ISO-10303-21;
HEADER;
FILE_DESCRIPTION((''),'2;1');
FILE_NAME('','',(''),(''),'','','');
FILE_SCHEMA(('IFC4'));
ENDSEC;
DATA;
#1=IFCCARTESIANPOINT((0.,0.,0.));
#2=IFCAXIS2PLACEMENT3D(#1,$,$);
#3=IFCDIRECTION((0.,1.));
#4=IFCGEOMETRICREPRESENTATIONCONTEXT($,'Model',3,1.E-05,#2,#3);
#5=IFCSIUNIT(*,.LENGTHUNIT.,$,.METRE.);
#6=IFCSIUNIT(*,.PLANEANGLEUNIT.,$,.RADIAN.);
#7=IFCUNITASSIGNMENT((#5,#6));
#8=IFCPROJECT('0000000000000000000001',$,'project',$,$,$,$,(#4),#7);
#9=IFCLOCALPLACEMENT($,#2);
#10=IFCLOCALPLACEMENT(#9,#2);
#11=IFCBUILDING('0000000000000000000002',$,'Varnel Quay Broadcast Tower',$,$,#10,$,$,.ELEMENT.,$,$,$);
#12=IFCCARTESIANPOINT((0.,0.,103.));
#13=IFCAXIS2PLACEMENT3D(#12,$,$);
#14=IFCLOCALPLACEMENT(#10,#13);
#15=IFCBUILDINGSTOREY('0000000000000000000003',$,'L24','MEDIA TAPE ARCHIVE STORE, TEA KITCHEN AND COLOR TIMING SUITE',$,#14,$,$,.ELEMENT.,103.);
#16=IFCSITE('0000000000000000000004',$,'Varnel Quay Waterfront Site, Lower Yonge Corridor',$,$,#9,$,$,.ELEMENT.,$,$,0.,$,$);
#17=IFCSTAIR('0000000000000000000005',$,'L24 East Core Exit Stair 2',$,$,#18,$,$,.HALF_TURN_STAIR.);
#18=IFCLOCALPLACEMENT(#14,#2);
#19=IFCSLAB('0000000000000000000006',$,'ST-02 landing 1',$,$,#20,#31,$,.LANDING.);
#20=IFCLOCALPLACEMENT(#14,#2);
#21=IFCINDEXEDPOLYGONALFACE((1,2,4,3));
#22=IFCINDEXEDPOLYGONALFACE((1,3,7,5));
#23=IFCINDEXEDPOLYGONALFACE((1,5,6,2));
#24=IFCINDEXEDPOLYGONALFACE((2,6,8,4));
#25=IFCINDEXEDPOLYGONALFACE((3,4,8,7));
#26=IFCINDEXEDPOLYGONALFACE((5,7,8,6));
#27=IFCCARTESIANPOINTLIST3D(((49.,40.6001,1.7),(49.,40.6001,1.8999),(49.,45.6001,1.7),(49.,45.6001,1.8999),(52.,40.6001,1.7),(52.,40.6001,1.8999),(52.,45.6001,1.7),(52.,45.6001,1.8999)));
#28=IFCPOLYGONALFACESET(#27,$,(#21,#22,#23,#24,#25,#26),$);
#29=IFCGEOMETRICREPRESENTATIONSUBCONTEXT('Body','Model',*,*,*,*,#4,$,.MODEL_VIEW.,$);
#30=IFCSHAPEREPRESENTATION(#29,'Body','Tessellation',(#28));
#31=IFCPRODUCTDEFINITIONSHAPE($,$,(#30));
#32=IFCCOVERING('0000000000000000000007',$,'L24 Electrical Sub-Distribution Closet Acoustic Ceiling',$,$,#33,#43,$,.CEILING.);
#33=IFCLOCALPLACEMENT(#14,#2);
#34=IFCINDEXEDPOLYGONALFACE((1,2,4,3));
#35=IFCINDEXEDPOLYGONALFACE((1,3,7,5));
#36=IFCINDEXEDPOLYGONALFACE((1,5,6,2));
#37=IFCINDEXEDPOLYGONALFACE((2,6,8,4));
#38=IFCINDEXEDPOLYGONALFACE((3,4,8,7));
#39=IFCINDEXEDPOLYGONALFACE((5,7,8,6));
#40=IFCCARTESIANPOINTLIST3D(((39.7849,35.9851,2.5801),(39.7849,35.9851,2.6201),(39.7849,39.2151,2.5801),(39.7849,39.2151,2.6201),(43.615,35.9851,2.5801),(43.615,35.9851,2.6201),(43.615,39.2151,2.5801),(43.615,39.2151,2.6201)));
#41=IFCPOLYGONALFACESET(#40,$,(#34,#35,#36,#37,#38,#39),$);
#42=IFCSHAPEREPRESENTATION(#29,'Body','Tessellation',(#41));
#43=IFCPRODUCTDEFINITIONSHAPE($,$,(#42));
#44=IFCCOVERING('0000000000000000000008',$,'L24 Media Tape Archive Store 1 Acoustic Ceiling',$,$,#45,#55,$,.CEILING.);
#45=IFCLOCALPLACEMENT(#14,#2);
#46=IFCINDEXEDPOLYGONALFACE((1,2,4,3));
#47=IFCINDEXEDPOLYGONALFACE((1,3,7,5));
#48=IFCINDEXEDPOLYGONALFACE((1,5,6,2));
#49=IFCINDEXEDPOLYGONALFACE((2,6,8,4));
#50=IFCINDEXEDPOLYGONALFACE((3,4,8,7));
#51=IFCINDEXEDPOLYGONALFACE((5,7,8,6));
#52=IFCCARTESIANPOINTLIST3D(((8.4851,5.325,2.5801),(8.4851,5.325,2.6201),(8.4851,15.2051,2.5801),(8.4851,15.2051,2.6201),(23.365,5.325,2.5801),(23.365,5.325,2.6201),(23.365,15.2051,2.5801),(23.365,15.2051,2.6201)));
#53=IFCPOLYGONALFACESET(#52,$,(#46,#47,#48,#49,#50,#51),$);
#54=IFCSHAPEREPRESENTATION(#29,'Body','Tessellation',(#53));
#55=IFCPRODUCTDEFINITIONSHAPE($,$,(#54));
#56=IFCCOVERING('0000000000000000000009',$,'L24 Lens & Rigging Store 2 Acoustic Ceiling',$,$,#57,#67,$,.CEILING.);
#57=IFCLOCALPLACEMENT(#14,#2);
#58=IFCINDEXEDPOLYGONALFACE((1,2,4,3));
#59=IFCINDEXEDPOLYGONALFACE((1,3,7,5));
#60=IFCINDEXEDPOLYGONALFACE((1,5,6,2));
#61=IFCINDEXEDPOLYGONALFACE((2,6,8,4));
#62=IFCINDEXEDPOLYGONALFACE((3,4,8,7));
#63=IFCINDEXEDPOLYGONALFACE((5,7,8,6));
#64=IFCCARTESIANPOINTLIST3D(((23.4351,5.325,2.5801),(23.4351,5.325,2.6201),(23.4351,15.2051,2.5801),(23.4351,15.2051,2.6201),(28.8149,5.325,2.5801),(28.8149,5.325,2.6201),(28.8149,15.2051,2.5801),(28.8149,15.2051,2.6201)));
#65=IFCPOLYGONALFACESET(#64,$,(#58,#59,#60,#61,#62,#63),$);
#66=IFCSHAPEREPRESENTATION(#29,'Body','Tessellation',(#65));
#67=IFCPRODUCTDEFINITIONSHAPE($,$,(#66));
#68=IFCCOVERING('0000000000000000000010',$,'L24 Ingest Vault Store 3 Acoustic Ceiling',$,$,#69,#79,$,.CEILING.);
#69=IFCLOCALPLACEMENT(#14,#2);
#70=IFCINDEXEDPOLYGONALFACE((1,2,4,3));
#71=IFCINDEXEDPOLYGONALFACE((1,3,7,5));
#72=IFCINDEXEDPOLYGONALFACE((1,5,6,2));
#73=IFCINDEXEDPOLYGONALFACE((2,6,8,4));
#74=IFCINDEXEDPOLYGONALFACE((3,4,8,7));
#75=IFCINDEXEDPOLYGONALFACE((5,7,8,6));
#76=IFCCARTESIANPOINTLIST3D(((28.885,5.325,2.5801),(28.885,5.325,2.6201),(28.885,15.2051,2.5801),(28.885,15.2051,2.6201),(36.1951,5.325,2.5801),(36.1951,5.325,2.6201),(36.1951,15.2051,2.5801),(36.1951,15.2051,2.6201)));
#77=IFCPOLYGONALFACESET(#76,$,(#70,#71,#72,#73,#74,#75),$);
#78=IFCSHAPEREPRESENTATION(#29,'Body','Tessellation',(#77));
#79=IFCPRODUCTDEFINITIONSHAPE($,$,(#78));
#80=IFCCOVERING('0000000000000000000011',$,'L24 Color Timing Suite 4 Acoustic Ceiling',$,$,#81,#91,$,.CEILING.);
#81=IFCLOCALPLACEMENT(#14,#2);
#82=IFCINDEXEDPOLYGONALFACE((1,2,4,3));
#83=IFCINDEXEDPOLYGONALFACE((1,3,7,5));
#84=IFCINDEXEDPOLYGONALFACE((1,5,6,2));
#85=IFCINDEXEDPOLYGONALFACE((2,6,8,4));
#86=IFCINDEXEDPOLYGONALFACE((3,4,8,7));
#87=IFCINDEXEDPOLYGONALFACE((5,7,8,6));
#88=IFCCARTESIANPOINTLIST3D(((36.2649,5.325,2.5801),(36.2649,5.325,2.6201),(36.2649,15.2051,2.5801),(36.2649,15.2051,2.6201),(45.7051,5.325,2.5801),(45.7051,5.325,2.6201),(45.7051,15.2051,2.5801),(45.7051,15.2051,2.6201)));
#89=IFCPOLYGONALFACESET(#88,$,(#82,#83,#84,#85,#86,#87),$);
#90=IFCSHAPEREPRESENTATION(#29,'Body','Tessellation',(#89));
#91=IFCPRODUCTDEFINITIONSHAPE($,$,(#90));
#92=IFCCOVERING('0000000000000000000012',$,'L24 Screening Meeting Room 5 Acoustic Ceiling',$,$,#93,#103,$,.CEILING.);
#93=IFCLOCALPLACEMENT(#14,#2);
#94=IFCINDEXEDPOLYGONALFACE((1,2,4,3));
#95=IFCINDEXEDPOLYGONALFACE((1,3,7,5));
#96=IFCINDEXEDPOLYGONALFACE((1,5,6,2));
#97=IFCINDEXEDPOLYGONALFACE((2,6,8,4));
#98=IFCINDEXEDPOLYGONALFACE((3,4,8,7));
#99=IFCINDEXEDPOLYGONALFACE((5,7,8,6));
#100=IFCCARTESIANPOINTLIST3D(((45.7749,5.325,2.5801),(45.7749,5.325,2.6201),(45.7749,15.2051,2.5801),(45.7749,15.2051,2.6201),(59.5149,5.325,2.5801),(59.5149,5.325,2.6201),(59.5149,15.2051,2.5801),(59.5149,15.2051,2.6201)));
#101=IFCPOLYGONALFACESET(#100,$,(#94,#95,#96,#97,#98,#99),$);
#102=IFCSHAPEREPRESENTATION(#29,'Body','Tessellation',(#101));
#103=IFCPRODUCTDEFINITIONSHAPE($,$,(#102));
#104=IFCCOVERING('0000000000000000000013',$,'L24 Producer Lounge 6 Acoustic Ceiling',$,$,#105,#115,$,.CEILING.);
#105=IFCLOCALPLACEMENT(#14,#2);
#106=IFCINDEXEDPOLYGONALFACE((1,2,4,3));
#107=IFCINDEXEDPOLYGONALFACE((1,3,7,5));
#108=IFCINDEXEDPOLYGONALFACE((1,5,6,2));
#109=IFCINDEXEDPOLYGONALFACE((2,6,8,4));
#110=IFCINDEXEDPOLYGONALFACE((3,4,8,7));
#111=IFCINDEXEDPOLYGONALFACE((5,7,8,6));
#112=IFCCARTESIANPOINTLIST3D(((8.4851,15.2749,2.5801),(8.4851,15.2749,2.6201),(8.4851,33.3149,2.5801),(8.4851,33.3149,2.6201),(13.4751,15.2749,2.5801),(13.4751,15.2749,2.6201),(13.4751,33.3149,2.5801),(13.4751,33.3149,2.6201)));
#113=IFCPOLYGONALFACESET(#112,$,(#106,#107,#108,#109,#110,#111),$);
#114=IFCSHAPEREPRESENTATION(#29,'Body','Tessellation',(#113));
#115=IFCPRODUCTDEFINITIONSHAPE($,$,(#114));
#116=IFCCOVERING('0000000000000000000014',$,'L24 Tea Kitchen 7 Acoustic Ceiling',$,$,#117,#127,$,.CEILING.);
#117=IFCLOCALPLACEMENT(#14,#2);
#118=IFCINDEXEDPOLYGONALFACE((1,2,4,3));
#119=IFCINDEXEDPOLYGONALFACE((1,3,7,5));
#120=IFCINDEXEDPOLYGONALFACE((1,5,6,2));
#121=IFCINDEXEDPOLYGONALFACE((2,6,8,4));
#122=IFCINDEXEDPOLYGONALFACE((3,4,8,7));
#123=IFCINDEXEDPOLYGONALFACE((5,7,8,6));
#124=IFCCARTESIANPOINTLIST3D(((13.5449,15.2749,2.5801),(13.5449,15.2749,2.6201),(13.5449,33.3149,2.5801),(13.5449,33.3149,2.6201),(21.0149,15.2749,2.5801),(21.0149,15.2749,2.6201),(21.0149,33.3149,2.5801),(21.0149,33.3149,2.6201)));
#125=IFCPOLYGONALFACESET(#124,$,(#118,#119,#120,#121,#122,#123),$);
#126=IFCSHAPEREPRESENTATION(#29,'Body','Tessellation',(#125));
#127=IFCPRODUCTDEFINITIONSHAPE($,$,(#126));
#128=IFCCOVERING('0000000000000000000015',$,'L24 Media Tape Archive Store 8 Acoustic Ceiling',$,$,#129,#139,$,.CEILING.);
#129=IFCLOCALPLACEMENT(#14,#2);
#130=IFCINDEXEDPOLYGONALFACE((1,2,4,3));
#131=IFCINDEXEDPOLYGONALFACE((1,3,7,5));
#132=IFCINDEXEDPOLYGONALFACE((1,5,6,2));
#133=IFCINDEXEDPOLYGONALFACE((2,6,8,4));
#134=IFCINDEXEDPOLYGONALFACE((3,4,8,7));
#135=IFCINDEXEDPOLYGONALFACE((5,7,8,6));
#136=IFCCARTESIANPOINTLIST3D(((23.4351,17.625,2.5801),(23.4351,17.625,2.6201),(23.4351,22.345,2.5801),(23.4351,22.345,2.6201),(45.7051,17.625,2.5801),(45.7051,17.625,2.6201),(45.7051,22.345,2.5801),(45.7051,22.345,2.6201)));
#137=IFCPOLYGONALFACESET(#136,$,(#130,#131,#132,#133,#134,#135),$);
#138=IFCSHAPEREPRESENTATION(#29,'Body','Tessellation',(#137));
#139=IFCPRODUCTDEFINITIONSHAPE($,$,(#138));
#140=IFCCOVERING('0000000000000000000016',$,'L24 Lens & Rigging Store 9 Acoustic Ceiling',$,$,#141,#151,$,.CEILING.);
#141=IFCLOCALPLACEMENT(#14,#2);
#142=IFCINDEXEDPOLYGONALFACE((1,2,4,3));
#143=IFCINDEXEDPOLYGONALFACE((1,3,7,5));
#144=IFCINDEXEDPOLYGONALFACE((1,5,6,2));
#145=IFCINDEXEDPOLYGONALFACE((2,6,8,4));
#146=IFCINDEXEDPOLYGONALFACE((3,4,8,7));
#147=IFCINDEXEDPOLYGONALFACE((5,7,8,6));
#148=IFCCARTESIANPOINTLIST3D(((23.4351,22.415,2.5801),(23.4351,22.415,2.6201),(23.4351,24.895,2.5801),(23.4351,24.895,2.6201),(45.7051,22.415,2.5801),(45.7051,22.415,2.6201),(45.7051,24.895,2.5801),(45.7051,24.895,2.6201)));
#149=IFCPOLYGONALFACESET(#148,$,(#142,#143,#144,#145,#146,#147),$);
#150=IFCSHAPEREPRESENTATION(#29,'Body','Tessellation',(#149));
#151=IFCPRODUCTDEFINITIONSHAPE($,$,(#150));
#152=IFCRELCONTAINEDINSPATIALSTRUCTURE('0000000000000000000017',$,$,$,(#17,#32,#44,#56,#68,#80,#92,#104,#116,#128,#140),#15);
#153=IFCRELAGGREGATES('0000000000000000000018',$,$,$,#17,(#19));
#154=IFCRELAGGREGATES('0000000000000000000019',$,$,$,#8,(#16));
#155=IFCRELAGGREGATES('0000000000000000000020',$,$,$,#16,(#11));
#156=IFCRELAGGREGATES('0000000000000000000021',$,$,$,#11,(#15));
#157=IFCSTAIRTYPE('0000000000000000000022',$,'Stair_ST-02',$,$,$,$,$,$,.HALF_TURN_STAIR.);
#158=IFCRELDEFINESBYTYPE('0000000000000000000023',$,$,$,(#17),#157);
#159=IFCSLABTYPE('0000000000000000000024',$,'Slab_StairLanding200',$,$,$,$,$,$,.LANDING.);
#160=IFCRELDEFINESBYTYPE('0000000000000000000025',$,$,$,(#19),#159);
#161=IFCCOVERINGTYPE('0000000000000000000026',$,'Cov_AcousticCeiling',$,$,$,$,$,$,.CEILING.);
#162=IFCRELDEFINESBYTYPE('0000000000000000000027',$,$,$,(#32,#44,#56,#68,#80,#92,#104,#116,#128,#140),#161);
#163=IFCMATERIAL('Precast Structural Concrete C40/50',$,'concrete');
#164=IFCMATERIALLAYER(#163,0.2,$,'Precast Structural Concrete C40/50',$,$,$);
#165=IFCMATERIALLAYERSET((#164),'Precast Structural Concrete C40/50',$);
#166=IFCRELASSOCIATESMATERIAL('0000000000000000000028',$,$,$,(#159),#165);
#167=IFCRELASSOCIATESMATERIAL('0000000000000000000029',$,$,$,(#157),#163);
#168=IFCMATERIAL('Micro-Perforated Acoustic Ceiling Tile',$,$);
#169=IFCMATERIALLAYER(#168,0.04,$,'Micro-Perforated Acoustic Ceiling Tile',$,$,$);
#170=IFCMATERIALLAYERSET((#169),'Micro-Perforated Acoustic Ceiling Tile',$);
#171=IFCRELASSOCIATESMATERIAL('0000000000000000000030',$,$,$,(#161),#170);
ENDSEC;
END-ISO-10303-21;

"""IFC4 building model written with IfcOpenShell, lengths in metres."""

from ifc_helpers import new_model, si_unit, direction, frame, origin, place, context, subcontext, project, spatial, polyline, outline, extrude, material, layer, layer_set, type_object, element, aggregate, save


model = new_model("IFC4")

# Units and contexts
model_context = context("Model", 3, precision=1e-05, world=origin(), true_north=direction((0.0, 1.0)))
body_context = subcontext(model_context, "Body", "Model", "MODEL_VIEW")
ifc_project = project(units=[si_unit("LENGTHUNIT", "METRE"), si_unit("PLANEANGLEUNIT", "RADIAN")], contexts=[model_context])

# Site, building, storey
site_placement = place(None, origin())
site = spatial("IfcSite", under=ifc_project, at=site_placement, Name="Varnel Quay Waterfront Site, Lower Yonge Corridor", CompositionType="ELEMENT", RefElevation=0.0)
building_placement = place(site_placement, origin())
building = spatial("IfcBuilding", under=site, at=building_placement, Name="Varnel Quay Broadcast Tower", CompositionType="ELEMENT")
storey_placement = place(building_placement, frame((0.0, 0.0, 103.0)))
storey = spatial("IfcBuildingStorey", under=building, at=storey_placement, Name="L24", Description="MEDIA TAPE ARCHIVE STORE, TEA KITCHEN AND COLOR TIMING SUITE", CompositionType="ELEMENT", Elevation=103.0)

# Stair, slab
ifc_material_1 = material(Name="Precast Structural Concrete C40/50", Category="concrete")
ifc_layer_1 = layer(ifc_material_1, 0.2, Name="Precast Structural Concrete C40/50")
ifc_layer_set_1 = layer_set([ifc_layer_1], Name="Precast Structural Concrete C40/50")
slab_type_1 = type_object("IfcSlabType", Name="Slab_StairLanding200", PredefinedType="LANDING", material=ifc_layer_set_1)
stair_type_1 = type_object("IfcStairType", Name="Stair_ST-02", PredefinedType="HALF_TURN_STAIR", material=ifc_material_1)
stair_1_placement = place(storey_placement, origin())
stair_1 = element("IfcStair", 1, at=stair_1_placement, inside=storey, type_object=stair_type_1, Name="L24 East Core Exit Stair 2", PredefinedType="HALF_TURN_STAIR")
slab_1_placement = place(storey_placement, frame((0.0, 0.0, 1.7)))
slab_1 = element("IfcSlab", 2, at=slab_1_placement, type_object=slab_type_1, Name="ST-02 landing 1", PredefinedType="LANDING", context=body_context, shape_type="SweptSolid", body=[
    extrude(outline(polyline([(52.0, 40.6001), (52.0, 45.6001), (49.0, 45.6001), (49.0, 40.6001), (52.0, 40.6001)])), origin(), (0.0, 0.0, 1.0), 0.2),
])
aggregate(stair_1, [slab_1])

# Coverings
ifc_material_2 = material(Name="Micro-Perforated Acoustic Ceiling Tile")
ifc_layer_2 = layer(ifc_material_2, 0.04, Name="Micro-Perforated Acoustic Ceiling Tile")
ifc_layer_set_2 = layer_set([ifc_layer_2], Name="Micro-Perforated Acoustic Ceiling Tile")
covering_type = type_object("IfcCoveringType", Name="Cov_AcousticCeiling", PredefinedType="CEILING", material=ifc_layer_set_2)
covering_1_placement = place(storey_placement, frame((0.0, 0.0, 2.5801)))
element("IfcCovering", 3, at=covering_1_placement, inside=storey, type_object=covering_type, Name="L24 Electrical Sub-Distribution Closet Acoustic Ceiling", PredefinedType="CEILING", context=body_context, shape_type="SweptSolid", body=[
    extrude(outline(polyline([(39.7849, 35.9851), (43.615, 35.9851), (43.615, 39.2151), (39.7849, 39.2151), (39.7849, 35.9851)])), origin(), (0.0, 0.0, 1.0), 0.04),
])
covering_2_placement = place(storey_placement, frame((0.0, 0.0, 2.5801)))
element("IfcCovering", 4, at=covering_2_placement, inside=storey, type_object=covering_type, Name="L24 Media Tape Archive Store 1 Acoustic Ceiling", PredefinedType="CEILING", context=body_context, shape_type="SweptSolid", body=[
    extrude(outline(polyline([(8.4851, 5.325), (23.365, 5.325), (23.365, 15.2051), (8.4851, 15.2051), (8.4851, 5.325)])), origin(), (0.0, 0.0, 1.0), 0.04),
])
covering_3_placement = place(storey_placement, frame((0.0, 0.0, 2.5801)))
element("IfcCovering", 5, at=covering_3_placement, inside=storey, type_object=covering_type, Name="L24 Lens & Rigging Store 2 Acoustic Ceiling", PredefinedType="CEILING", context=body_context, shape_type="SweptSolid", body=[
    extrude(outline(polyline([(23.4351, 5.325), (28.8149, 5.325), (28.8149, 15.2051), (23.4351, 15.2051), (23.4351, 5.325)])), origin(), (0.0, 0.0, 1.0), 0.04),
])
covering_4_placement = place(storey_placement, frame((0.0, 0.0, 2.5801)))
element("IfcCovering", 6, at=covering_4_placement, inside=storey, type_object=covering_type, Name="L24 Ingest Vault Store 3 Acoustic Ceiling", PredefinedType="CEILING", context=body_context, shape_type="SweptSolid", body=[
    extrude(outline(polyline([(28.885, 5.325), (36.1951, 5.325), (36.1951, 15.2051), (28.885, 15.2051), (28.885, 5.325)])), origin(), (0.0, 0.0, 1.0), 0.04),
])
covering_5_placement = place(storey_placement, frame((0.0, 0.0, 2.5801)))
element("IfcCovering", 7, at=covering_5_placement, inside=storey, type_object=covering_type, Name="L24 Color Timing Suite 4 Acoustic Ceiling", PredefinedType="CEILING", context=body_context, shape_type="SweptSolid", body=[
    extrude(outline(polyline([(36.2649, 5.325), (45.7051, 5.325), (45.7051, 15.2051), (36.2649, 15.2051), (36.2649, 5.325)])), origin(), (0.0, 0.0, 1.0), 0.04),
])
covering_6_placement = place(storey_placement, frame((0.0, 0.0, 2.5801)))
element("IfcCovering", 8, at=covering_6_placement, inside=storey, type_object=covering_type, Name="L24 Screening Meeting Room 5 Acoustic Ceiling", PredefinedType="CEILING", context=body_context, shape_type="SweptSolid", body=[
    extrude(outline(polyline([(45.7749, 5.325), (59.5149, 5.325), (59.5149, 15.2051), (45.7749, 15.2051), (45.7749, 5.325)])), origin(), (0.0, 0.0, 1.0), 0.04),
])
covering_7_placement = place(storey_placement, frame((0.0, 0.0, 2.5801)))
element("IfcCovering", 9, at=covering_7_placement, inside=storey, type_object=covering_type, Name="L24 Producer Lounge 6 Acoustic Ceiling", PredefinedType="CEILING", context=body_context, shape_type="SweptSolid", body=[
    extrude(outline(polyline([(8.4851, 15.2749), (13.4751, 15.2749), (13.4751, 33.3149), (8.4851, 33.3149), (8.4851, 15.2749)])), origin(), (0.0, 0.0, 1.0), 0.04),
])
covering_8_placement = place(storey_placement, frame((0.0, 0.0, 2.5801)))
element("IfcCovering", 10, at=covering_8_placement, inside=storey, type_object=covering_type, Name="L24 Tea Kitchen 7 Acoustic Ceiling", PredefinedType="CEILING", context=body_context, shape_type="SweptSolid", body=[
    extrude(outline(polyline([(13.5449, 15.2749), (21.0149, 15.2749), (21.0149, 33.3149), (13.5449, 33.3149), (13.5449, 15.2749)])), origin(), (0.0, 0.0, 1.0), 0.04),
])
covering_9_placement = place(storey_placement, frame((0.0, 0.0, 2.5801)))
element("IfcCovering", 11, at=covering_9_placement, inside=storey, type_object=covering_type, Name="L24 Media Tape Archive Store 8 Acoustic Ceiling", PredefinedType="CEILING", context=body_context, shape_type="SweptSolid", body=[
    extrude(outline(polyline([(23.4351, 17.625), (45.7051, 17.625), (45.7051, 22.345), (23.4351, 22.345), (23.4351, 17.625)])), origin(), (0.0, 0.0, 1.0), 0.04),
])
covering_10_placement = place(storey_placement, frame((0.0, 0.0, 2.5801)))
element("IfcCovering", 12, at=covering_10_placement, inside=storey, type_object=covering_type, Name="L24 Lens & Rigging Store 9 Acoustic Ceiling", PredefinedType="CEILING", context=body_context, shape_type="SweptSolid", body=[
    extrude(outline(polyline([(23.4351, 22.415), (45.7051, 22.415), (45.7051, 24.895), (23.4351, 24.895), (23.4351, 22.415)])), origin(), (0.0, 0.0, 1.0), 0.04),
])

save(model, "model.ifc")
